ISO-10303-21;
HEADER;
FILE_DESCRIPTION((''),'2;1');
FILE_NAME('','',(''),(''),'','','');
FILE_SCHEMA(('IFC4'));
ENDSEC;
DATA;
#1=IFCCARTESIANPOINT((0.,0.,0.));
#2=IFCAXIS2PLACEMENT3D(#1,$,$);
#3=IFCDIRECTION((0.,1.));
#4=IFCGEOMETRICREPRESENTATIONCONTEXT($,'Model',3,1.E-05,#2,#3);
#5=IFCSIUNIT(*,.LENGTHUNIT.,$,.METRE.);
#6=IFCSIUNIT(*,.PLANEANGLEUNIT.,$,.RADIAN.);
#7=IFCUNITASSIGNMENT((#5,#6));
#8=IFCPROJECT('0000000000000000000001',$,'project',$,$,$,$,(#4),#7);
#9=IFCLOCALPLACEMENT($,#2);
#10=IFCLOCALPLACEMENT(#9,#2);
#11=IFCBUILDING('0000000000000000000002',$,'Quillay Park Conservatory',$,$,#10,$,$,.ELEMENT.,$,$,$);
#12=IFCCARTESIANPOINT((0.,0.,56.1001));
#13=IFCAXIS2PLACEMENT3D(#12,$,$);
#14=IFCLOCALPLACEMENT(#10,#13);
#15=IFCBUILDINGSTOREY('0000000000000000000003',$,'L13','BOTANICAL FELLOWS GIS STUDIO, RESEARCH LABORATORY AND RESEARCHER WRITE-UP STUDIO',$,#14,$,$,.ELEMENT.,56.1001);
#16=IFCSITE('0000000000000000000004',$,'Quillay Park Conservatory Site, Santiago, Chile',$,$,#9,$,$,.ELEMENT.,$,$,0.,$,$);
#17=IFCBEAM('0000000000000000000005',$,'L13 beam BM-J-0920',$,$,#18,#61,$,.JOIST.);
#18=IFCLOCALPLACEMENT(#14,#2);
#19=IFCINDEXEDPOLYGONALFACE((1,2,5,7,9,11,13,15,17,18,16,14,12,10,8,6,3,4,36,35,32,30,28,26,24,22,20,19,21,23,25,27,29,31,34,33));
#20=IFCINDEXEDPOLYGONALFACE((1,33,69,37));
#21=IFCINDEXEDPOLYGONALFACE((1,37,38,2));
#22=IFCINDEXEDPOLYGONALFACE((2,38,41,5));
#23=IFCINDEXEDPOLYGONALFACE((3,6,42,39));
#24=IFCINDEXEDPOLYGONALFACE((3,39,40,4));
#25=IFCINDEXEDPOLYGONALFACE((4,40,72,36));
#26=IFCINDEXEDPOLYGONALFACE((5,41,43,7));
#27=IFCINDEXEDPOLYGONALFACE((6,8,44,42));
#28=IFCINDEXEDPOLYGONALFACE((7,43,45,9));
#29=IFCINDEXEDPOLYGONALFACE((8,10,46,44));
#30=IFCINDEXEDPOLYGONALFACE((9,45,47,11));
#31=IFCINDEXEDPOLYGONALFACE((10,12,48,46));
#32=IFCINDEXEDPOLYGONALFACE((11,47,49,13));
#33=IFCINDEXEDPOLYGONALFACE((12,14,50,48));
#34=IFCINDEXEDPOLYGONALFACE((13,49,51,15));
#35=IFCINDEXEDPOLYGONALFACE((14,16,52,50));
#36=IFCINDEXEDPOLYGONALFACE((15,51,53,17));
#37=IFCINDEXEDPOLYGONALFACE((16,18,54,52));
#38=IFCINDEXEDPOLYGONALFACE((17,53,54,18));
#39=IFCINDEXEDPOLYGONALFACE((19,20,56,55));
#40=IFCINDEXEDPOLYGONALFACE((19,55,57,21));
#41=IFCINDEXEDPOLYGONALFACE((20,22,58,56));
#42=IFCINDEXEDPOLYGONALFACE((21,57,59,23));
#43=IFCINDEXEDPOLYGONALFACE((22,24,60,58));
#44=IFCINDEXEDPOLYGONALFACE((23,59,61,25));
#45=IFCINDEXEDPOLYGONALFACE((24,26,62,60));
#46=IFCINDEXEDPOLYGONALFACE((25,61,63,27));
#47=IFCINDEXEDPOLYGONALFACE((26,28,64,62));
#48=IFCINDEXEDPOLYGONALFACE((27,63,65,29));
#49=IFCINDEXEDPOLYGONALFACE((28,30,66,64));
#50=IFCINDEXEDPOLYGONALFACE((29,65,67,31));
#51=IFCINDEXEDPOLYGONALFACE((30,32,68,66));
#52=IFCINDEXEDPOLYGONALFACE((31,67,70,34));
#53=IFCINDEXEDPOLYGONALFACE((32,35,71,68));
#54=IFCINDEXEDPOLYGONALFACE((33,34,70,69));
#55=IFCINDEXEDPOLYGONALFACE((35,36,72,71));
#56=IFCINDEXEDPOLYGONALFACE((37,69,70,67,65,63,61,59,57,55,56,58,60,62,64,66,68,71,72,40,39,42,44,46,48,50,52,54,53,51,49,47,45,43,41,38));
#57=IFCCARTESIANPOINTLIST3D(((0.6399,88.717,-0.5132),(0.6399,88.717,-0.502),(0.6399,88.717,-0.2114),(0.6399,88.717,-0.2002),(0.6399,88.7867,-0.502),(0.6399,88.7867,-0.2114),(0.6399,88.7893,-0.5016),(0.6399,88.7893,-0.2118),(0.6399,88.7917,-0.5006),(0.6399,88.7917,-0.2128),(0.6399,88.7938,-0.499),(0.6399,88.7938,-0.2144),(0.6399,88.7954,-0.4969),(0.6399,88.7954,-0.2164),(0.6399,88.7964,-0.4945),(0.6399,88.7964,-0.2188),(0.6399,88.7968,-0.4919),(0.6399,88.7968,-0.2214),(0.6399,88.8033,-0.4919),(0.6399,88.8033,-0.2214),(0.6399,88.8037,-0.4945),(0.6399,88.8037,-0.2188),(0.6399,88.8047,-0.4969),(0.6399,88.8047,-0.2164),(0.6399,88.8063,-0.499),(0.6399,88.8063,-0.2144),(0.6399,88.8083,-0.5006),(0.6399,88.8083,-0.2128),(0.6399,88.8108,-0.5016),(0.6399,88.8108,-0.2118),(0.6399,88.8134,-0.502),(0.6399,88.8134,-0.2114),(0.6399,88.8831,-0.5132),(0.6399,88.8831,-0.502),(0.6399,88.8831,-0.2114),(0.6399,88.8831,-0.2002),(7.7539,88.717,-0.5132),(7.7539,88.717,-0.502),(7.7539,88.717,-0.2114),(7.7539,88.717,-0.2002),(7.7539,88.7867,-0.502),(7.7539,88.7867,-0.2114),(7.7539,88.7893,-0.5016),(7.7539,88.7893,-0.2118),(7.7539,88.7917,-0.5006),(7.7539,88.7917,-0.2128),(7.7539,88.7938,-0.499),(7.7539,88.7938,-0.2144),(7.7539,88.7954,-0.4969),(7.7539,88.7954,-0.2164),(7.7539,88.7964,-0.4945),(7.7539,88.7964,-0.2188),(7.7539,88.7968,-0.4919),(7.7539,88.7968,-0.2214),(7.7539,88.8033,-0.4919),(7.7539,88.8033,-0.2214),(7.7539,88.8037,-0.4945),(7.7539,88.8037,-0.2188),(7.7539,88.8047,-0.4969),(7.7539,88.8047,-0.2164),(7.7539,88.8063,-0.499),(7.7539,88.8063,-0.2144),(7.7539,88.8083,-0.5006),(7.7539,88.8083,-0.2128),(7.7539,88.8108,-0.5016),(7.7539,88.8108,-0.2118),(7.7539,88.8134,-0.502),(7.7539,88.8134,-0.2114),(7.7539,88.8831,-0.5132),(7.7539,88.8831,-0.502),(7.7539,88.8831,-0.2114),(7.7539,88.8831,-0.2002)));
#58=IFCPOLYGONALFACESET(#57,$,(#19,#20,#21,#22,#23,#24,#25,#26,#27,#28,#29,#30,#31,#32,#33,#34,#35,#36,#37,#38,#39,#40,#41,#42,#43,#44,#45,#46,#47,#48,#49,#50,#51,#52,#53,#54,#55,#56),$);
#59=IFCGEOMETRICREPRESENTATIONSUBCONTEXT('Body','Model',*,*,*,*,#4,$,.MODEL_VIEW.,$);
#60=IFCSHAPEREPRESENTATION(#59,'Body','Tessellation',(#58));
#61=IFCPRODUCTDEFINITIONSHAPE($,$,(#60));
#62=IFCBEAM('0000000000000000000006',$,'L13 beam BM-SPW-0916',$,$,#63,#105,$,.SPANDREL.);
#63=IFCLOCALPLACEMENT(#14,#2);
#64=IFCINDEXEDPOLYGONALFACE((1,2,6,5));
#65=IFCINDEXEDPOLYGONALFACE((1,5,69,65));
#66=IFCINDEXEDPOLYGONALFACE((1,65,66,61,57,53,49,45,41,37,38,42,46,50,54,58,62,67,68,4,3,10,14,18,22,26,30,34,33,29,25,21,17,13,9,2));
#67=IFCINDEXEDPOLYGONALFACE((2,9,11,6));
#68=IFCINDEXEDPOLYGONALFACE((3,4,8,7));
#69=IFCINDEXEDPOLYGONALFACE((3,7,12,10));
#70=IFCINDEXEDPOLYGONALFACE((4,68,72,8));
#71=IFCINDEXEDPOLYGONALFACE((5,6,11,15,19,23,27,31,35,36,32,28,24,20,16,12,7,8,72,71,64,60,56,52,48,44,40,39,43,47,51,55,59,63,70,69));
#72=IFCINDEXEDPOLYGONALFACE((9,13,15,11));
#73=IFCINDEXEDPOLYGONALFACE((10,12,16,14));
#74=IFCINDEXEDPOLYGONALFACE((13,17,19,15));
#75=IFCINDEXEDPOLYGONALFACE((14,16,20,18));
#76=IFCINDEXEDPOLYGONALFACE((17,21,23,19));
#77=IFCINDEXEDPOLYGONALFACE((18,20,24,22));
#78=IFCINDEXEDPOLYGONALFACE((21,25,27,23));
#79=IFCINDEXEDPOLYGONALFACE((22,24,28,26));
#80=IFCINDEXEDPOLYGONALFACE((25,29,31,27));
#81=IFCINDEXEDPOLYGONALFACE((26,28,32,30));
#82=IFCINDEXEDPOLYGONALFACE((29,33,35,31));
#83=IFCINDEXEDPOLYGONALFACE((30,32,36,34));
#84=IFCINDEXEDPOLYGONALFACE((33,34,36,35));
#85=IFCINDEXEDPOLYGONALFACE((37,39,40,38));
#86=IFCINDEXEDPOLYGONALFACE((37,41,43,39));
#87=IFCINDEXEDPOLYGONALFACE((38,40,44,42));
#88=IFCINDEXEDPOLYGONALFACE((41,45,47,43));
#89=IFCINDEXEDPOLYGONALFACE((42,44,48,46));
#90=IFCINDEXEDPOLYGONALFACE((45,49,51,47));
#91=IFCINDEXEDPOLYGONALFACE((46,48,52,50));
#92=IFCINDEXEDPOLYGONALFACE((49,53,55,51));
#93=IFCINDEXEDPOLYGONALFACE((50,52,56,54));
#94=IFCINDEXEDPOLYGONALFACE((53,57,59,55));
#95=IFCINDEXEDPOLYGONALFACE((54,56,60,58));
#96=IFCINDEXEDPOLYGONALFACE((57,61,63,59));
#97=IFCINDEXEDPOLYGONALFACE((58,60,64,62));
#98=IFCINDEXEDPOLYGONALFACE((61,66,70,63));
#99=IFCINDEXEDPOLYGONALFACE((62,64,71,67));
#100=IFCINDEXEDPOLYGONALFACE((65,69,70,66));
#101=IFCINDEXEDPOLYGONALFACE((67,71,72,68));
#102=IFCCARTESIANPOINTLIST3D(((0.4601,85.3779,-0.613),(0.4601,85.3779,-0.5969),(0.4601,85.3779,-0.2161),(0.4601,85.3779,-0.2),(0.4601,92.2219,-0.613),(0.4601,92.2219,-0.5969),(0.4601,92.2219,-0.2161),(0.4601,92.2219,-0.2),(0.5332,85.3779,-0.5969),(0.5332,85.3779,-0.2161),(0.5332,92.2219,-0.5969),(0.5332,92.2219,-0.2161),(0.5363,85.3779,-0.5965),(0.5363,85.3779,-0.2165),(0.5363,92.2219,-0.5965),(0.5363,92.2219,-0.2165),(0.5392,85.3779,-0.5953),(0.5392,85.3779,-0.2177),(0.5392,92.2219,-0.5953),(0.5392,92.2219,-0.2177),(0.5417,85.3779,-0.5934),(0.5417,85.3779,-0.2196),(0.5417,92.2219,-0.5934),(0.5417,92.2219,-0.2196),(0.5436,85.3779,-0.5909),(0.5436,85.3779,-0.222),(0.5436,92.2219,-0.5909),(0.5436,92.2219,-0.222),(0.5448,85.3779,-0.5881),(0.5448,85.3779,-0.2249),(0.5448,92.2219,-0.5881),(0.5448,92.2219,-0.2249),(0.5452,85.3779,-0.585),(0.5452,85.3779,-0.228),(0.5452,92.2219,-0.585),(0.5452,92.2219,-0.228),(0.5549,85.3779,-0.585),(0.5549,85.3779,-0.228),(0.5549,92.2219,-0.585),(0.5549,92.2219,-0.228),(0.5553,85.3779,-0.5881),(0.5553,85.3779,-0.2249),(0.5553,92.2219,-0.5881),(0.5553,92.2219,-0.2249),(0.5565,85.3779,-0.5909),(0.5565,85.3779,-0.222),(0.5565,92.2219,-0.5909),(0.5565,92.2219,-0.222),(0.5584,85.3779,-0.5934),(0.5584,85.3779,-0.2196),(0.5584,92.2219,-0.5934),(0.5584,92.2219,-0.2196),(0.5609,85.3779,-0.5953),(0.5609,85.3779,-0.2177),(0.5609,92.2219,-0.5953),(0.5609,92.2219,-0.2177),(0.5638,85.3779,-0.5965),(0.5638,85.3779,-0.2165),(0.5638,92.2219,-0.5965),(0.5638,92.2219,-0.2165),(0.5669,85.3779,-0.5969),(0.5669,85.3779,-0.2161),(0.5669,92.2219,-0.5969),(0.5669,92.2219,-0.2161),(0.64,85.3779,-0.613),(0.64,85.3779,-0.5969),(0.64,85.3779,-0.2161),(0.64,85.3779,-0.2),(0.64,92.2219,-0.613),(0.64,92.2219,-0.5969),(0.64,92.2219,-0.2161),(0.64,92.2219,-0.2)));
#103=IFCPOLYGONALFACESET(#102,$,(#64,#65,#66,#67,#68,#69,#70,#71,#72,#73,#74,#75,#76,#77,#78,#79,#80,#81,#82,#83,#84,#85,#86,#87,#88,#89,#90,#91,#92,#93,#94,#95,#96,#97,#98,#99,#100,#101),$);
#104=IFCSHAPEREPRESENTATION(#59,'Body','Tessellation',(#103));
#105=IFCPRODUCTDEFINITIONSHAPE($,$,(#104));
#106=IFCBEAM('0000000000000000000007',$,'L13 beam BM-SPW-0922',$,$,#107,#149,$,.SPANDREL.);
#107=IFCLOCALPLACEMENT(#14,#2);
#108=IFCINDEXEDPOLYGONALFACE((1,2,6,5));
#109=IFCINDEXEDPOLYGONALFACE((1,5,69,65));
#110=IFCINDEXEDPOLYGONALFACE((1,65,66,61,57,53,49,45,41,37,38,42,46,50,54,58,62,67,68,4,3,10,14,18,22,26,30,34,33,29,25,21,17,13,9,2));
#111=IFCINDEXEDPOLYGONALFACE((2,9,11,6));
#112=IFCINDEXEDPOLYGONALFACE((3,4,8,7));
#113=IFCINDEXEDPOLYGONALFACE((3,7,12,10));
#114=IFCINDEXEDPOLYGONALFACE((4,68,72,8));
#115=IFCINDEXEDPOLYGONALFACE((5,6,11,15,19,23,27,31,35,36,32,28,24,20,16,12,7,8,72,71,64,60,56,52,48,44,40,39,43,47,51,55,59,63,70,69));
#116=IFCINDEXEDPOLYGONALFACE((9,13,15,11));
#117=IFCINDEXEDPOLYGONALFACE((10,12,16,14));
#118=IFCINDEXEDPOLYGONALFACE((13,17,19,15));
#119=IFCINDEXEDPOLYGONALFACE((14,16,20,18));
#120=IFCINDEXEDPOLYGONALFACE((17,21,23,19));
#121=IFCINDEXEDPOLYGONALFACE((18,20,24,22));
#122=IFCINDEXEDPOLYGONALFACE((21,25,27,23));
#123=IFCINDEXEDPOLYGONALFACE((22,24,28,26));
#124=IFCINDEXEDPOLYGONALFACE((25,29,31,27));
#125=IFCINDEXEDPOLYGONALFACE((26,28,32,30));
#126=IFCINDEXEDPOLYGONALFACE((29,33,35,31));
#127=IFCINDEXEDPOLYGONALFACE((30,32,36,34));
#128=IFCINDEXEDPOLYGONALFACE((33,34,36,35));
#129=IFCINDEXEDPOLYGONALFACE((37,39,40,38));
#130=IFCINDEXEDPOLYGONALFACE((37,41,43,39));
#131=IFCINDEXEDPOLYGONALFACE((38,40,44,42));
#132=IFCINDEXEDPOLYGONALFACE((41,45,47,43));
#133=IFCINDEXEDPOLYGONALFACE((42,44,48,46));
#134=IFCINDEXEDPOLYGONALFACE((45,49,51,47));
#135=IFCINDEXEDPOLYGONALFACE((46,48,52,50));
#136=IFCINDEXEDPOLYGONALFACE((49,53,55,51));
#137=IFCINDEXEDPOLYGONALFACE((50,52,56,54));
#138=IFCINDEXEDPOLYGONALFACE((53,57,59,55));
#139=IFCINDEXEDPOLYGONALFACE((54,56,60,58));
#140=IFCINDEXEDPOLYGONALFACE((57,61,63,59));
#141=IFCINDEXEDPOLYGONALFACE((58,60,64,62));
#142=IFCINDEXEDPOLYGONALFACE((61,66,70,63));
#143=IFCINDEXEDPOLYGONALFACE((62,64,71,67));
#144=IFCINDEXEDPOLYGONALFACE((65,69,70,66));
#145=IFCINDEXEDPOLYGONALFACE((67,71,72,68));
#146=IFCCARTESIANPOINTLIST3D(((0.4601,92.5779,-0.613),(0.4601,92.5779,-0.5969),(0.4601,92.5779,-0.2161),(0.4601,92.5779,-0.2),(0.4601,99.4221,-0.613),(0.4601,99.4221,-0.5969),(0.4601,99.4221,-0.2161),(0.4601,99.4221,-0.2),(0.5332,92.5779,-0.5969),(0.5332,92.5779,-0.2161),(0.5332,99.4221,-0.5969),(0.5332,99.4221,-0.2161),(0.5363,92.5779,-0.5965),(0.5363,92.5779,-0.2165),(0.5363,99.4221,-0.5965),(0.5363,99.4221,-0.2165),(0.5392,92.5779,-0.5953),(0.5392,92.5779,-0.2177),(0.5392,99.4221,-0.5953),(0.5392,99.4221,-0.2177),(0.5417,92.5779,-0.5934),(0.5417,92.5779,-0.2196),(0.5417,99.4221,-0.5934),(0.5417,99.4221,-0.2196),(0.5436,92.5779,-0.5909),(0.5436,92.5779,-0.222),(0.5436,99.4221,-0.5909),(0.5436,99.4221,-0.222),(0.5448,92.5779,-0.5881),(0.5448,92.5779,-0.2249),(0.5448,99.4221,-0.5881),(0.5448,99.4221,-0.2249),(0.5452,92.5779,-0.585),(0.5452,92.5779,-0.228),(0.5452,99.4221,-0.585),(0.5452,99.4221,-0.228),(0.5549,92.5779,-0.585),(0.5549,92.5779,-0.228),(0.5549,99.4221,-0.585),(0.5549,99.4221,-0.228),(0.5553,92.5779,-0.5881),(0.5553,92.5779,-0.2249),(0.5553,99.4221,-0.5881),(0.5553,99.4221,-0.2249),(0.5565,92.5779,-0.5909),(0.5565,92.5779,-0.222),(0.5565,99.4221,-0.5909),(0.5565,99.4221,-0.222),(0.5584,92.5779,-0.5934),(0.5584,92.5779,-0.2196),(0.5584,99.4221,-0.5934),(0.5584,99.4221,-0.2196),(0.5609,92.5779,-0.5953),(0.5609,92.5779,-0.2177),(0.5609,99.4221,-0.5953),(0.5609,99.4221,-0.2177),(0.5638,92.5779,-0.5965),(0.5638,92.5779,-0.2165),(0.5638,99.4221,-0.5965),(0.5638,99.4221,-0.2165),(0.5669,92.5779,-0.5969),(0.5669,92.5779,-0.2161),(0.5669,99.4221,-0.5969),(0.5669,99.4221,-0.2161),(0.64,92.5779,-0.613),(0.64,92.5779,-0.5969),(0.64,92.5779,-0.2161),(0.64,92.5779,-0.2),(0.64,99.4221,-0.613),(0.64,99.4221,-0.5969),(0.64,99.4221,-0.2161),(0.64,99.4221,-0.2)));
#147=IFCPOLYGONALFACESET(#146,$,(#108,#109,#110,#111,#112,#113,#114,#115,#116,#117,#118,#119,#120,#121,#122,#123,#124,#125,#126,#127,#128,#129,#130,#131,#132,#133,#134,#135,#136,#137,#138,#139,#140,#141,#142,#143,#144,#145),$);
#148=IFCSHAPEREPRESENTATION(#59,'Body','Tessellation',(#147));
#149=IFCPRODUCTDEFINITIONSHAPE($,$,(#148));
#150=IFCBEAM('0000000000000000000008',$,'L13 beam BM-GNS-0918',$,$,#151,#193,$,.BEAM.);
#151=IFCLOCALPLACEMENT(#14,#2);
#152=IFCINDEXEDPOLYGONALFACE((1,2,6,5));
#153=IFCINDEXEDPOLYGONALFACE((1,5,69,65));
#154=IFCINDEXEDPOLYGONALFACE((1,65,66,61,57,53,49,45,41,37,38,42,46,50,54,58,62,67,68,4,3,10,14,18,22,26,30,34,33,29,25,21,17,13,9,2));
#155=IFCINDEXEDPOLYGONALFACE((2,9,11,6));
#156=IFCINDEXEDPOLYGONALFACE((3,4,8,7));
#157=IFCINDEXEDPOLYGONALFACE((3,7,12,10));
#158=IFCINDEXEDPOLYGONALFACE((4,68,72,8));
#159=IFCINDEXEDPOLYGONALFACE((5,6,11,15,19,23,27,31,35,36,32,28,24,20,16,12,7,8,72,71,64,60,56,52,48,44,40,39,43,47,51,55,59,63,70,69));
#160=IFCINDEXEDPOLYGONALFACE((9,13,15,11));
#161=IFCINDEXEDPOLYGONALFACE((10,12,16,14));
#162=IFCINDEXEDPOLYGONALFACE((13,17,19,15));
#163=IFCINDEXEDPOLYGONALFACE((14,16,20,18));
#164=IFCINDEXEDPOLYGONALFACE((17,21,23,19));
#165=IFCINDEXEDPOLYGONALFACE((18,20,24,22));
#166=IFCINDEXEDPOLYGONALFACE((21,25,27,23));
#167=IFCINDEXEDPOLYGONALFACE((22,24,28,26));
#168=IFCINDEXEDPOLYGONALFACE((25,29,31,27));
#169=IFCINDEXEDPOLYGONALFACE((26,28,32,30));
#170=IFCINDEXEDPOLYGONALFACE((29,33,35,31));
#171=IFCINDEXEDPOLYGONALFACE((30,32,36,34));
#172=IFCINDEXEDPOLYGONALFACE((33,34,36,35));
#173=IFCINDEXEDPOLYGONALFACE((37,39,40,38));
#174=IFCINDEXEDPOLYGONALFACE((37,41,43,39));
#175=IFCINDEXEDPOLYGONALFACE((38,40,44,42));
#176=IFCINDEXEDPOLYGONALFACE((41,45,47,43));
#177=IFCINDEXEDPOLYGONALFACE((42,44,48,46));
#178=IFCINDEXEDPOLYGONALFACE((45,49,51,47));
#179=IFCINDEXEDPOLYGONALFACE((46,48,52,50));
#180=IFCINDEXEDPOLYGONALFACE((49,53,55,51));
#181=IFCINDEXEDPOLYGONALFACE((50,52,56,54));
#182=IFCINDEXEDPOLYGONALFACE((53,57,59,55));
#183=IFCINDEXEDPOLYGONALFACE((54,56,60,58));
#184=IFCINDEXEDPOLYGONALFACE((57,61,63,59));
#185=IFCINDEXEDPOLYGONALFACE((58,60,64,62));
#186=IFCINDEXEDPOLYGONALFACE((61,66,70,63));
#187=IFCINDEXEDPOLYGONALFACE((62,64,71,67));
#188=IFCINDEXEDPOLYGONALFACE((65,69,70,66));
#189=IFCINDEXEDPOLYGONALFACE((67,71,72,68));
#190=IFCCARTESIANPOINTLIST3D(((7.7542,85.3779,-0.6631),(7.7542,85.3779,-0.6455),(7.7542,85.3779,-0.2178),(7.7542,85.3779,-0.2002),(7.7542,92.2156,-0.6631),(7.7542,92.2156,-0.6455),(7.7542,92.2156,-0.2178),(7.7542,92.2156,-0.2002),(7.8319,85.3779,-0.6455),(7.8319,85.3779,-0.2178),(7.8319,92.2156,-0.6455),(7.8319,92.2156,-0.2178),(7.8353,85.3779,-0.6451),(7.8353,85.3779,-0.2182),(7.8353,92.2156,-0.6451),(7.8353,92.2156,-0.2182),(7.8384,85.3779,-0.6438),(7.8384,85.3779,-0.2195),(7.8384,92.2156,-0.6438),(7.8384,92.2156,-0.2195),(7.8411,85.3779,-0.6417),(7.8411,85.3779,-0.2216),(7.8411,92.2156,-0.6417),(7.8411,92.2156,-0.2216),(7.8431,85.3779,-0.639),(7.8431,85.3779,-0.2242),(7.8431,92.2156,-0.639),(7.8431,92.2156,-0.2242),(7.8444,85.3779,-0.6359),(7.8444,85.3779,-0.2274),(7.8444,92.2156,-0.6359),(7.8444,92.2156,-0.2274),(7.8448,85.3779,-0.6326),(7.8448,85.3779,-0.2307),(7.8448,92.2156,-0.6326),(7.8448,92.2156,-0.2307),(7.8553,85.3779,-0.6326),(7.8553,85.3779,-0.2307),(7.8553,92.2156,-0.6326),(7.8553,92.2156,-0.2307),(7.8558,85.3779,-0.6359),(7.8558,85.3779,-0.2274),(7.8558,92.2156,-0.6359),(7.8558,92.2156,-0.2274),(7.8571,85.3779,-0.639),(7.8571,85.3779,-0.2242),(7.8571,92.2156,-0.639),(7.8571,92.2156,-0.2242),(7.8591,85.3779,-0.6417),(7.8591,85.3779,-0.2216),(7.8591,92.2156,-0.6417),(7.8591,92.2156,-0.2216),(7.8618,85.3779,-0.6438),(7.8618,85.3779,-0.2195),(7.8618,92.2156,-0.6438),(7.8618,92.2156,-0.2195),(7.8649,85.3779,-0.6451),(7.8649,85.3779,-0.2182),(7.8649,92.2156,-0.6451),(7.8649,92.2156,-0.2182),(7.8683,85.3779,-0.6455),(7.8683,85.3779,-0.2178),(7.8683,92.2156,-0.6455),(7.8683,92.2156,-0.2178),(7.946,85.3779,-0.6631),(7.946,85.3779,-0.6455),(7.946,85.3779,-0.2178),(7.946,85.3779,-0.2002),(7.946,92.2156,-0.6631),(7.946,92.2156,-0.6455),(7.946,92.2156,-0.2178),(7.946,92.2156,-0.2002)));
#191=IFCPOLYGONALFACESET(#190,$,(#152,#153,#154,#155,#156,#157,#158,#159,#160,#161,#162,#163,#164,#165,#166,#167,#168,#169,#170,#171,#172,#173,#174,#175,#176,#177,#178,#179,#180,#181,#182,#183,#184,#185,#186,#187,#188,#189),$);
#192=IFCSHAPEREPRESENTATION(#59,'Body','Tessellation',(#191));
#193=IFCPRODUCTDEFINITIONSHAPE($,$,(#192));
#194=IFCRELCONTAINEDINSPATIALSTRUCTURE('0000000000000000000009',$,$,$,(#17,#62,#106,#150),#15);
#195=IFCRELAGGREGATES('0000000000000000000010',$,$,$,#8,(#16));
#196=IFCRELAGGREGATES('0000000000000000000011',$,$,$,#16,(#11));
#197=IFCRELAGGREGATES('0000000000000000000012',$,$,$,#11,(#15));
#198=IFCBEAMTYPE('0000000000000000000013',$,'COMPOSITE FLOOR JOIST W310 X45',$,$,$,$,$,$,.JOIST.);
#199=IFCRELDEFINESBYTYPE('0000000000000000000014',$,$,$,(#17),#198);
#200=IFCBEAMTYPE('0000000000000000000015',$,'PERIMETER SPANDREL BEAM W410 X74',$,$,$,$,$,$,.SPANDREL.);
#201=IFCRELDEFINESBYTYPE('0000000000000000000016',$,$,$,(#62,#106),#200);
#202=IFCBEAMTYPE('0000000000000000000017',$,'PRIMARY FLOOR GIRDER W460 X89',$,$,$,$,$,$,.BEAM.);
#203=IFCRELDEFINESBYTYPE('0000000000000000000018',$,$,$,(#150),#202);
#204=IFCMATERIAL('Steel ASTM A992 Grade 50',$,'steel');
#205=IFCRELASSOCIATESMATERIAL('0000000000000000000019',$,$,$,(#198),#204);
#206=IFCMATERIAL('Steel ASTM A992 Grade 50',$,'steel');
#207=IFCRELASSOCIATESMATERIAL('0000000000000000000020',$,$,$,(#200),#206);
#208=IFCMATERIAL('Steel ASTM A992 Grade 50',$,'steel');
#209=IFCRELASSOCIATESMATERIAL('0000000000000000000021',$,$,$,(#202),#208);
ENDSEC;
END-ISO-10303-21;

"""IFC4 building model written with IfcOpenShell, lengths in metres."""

from ifc_helpers import new_model, si_unit, direction, frame, origin, origin_2d, place, context, subcontext, project, spatial, i_section, extrude, material, material_profile, profile_set, type_object, element, save


model = new_model("IFC4")

# Units and contexts
model_context = context("Model", 3, precision=1e-05, world=origin(), true_north=direction((0.0, 1.0)))
body_context = subcontext(model_context, "Body", "Model", "MODEL_VIEW")
ifc_project = project(units=[si_unit("LENGTHUNIT", "METRE"), si_unit("PLANEANGLEUNIT", "RADIAN")], contexts=[model_context])

# Site, building, storey
site_placement = place(None, origin())
site = spatial("IfcSite", under=ifc_project, at=site_placement, Name="Quillay Park Conservatory Site, Santiago, Chile", CompositionType="ELEMENT", RefElevation=0.0)
building_placement = place(site_placement, origin())
building = spatial("IfcBuilding", under=site, at=building_placement, Name="Quillay Park Conservatory", CompositionType="ELEMENT")
storey_placement = place(building_placement, frame((0.0, 0.0, 56.1001)))
storey = spatial("IfcBuildingStorey", under=building, at=storey_placement, Name="L13", Description="BOTANICAL FELLOWS GIS STUDIO, RESEARCH LABORATORY AND RESEARCHER WRITE-UP STUDIO", CompositionType="ELEMENT", Elevation=56.1001)

# Beams
ifc_material_1 = material(Name="Steel ASTM A992 Grade 50", Category="steel")
ifc_material_profile_1 = material_profile(ifc_material_1, i_section(OverallWidth=0.166, OverallDepth=0.313, WebThickness=0.0066, FlangeThickness=0.0112, FilletRadius=0.01, at=origin_2d()), Name="W310x45")
ifc_profile_set_1 = profile_set([ifc_material_profile_1], Name="Steel ASTM A992 Grade 50")
beam_type_1 = type_object("IfcBeamType", Name="COMPOSITE FLOOR JOIST W310 X45", PredefinedType="JOIST", material=ifc_profile_set_1)
beam_1_placement = place(storey_placement, frame((0.6399, 88.8, -0.3567), z_axis=(1.0, 0.0, 0.0), x_axis=(0.0, 1.0, 0.0)))
element("IfcBeam", 1, at=beam_1_placement, inside=storey, type_object=beam_type_1, Name="L13 beam BM-J-0920", PredefinedType="JOIST", context=body_context, shape_type="SweptSolid", body=[
    extrude(i_section(OverallWidth=0.166, OverallDepth=0.313, WebThickness=0.0066, FlangeThickness=0.0112, FilletRadius=0.01, at=origin_2d()), origin(), (0.0, 0.0, 1.0), 7.114),
])
ifc_material_2 = material(Name="Steel ASTM A992 Grade 50", Category="steel")
ifc_material_profile_2 = material_profile(ifc_material_2, i_section(OverallWidth=0.1799, OverallDepth=0.4131, WebThickness=0.0098, FlangeThickness=0.0161, FilletRadius=0.012, at=origin_2d()), Name="W410x74")
ifc_profile_set_2 = profile_set([ifc_material_profile_2], Name="Steel ASTM A992 Grade 50")
beam_type_2 = type_object("IfcBeamType", Name="PERIMETER SPANDREL BEAM W410 X74", PredefinedType="SPANDREL", material=ifc_profile_set_2)
beam_2_placement = place(storey_placement, frame((0.55, 85.3779, -0.4065), z_axis=(0.0, 1.0, 0.0), x_axis=(-1.0, 0.0, 0.0)))
element("IfcBeam", 2, at=beam_2_placement, inside=storey, type_object=beam_type_2, Name="L13 beam BM-SPW-0916", PredefinedType="SPANDREL", context=body_context, shape_type="SweptSolid", body=[
    extrude(i_section(OverallWidth=0.1799, OverallDepth=0.4131, WebThickness=0.0098, FlangeThickness=0.0161, FilletRadius=0.012, at=origin_2d()), origin(), (0.0, 0.0, 1.0), 6.844),
])
beam_3_placement = place(storey_placement, frame((0.55, 92.5779, -0.4065), z_axis=(0.0, 1.0, 0.0), x_axis=(-1.0, 0.0, 0.0)))
element("IfcBeam", 3, at=beam_3_placement, inside=storey, type_object=beam_type_2, Name="L13 beam BM-SPW-0922", PredefinedType="SPANDREL", context=body_context, shape_type="SweptSolid", body=[
    extrude(i_section(OverallWidth=0.1799, OverallDepth=0.4131, WebThickness=0.0098, FlangeThickness=0.0161, FilletRadius=0.012, at=origin_2d()), origin(), (0.0, 0.0, 1.0), 6.8442),
])
ifc_material_3 = material(Name="Steel ASTM A992 Grade 50", Category="steel")
ifc_material_profile_3 = material_profile(ifc_material_3, i_section(OverallWidth=0.1919, OverallDepth=0.4629, WebThickness=0.0105, FlangeThickness=0.0176, FilletRadius=0.0129, at=origin_2d()), Name="W460x89")
ifc_profile_set_3 = profile_set([ifc_material_profile_3], Name="Steel ASTM A992 Grade 50")
beam_type_3 = type_object("IfcBeamType", Name="PRIMARY FLOOR GIRDER W460 X89", PredefinedType="BEAM", material=ifc_profile_set_3)
for number, where, z_axis, x_axis, name in (
    (4, (7.8501, 85.3779, -0.4316), (0.0, 1.0, 0.0), (-1.0, 0.0, 0.0), "L13 beam BM-GNS-0918"),
):
    element("IfcBeam", number, at=place(storey_placement, frame(where, z_axis=z_axis, x_axis=x_axis)), inside=storey, type_object=beam_type_3, Name=name, PredefinedType="BEAM", context=body_context, shape_type="SweptSolid", body=[
        extrude(i_section(OverallWidth=0.1919, OverallDepth=0.4629, WebThickness=0.0105, FlangeThickness=0.0176, FilletRadius=0.0129, at=origin_2d()), origin(), (0.0, 0.0, 1.0), 6.8376),
    ])

save(model, "model.ifc")
